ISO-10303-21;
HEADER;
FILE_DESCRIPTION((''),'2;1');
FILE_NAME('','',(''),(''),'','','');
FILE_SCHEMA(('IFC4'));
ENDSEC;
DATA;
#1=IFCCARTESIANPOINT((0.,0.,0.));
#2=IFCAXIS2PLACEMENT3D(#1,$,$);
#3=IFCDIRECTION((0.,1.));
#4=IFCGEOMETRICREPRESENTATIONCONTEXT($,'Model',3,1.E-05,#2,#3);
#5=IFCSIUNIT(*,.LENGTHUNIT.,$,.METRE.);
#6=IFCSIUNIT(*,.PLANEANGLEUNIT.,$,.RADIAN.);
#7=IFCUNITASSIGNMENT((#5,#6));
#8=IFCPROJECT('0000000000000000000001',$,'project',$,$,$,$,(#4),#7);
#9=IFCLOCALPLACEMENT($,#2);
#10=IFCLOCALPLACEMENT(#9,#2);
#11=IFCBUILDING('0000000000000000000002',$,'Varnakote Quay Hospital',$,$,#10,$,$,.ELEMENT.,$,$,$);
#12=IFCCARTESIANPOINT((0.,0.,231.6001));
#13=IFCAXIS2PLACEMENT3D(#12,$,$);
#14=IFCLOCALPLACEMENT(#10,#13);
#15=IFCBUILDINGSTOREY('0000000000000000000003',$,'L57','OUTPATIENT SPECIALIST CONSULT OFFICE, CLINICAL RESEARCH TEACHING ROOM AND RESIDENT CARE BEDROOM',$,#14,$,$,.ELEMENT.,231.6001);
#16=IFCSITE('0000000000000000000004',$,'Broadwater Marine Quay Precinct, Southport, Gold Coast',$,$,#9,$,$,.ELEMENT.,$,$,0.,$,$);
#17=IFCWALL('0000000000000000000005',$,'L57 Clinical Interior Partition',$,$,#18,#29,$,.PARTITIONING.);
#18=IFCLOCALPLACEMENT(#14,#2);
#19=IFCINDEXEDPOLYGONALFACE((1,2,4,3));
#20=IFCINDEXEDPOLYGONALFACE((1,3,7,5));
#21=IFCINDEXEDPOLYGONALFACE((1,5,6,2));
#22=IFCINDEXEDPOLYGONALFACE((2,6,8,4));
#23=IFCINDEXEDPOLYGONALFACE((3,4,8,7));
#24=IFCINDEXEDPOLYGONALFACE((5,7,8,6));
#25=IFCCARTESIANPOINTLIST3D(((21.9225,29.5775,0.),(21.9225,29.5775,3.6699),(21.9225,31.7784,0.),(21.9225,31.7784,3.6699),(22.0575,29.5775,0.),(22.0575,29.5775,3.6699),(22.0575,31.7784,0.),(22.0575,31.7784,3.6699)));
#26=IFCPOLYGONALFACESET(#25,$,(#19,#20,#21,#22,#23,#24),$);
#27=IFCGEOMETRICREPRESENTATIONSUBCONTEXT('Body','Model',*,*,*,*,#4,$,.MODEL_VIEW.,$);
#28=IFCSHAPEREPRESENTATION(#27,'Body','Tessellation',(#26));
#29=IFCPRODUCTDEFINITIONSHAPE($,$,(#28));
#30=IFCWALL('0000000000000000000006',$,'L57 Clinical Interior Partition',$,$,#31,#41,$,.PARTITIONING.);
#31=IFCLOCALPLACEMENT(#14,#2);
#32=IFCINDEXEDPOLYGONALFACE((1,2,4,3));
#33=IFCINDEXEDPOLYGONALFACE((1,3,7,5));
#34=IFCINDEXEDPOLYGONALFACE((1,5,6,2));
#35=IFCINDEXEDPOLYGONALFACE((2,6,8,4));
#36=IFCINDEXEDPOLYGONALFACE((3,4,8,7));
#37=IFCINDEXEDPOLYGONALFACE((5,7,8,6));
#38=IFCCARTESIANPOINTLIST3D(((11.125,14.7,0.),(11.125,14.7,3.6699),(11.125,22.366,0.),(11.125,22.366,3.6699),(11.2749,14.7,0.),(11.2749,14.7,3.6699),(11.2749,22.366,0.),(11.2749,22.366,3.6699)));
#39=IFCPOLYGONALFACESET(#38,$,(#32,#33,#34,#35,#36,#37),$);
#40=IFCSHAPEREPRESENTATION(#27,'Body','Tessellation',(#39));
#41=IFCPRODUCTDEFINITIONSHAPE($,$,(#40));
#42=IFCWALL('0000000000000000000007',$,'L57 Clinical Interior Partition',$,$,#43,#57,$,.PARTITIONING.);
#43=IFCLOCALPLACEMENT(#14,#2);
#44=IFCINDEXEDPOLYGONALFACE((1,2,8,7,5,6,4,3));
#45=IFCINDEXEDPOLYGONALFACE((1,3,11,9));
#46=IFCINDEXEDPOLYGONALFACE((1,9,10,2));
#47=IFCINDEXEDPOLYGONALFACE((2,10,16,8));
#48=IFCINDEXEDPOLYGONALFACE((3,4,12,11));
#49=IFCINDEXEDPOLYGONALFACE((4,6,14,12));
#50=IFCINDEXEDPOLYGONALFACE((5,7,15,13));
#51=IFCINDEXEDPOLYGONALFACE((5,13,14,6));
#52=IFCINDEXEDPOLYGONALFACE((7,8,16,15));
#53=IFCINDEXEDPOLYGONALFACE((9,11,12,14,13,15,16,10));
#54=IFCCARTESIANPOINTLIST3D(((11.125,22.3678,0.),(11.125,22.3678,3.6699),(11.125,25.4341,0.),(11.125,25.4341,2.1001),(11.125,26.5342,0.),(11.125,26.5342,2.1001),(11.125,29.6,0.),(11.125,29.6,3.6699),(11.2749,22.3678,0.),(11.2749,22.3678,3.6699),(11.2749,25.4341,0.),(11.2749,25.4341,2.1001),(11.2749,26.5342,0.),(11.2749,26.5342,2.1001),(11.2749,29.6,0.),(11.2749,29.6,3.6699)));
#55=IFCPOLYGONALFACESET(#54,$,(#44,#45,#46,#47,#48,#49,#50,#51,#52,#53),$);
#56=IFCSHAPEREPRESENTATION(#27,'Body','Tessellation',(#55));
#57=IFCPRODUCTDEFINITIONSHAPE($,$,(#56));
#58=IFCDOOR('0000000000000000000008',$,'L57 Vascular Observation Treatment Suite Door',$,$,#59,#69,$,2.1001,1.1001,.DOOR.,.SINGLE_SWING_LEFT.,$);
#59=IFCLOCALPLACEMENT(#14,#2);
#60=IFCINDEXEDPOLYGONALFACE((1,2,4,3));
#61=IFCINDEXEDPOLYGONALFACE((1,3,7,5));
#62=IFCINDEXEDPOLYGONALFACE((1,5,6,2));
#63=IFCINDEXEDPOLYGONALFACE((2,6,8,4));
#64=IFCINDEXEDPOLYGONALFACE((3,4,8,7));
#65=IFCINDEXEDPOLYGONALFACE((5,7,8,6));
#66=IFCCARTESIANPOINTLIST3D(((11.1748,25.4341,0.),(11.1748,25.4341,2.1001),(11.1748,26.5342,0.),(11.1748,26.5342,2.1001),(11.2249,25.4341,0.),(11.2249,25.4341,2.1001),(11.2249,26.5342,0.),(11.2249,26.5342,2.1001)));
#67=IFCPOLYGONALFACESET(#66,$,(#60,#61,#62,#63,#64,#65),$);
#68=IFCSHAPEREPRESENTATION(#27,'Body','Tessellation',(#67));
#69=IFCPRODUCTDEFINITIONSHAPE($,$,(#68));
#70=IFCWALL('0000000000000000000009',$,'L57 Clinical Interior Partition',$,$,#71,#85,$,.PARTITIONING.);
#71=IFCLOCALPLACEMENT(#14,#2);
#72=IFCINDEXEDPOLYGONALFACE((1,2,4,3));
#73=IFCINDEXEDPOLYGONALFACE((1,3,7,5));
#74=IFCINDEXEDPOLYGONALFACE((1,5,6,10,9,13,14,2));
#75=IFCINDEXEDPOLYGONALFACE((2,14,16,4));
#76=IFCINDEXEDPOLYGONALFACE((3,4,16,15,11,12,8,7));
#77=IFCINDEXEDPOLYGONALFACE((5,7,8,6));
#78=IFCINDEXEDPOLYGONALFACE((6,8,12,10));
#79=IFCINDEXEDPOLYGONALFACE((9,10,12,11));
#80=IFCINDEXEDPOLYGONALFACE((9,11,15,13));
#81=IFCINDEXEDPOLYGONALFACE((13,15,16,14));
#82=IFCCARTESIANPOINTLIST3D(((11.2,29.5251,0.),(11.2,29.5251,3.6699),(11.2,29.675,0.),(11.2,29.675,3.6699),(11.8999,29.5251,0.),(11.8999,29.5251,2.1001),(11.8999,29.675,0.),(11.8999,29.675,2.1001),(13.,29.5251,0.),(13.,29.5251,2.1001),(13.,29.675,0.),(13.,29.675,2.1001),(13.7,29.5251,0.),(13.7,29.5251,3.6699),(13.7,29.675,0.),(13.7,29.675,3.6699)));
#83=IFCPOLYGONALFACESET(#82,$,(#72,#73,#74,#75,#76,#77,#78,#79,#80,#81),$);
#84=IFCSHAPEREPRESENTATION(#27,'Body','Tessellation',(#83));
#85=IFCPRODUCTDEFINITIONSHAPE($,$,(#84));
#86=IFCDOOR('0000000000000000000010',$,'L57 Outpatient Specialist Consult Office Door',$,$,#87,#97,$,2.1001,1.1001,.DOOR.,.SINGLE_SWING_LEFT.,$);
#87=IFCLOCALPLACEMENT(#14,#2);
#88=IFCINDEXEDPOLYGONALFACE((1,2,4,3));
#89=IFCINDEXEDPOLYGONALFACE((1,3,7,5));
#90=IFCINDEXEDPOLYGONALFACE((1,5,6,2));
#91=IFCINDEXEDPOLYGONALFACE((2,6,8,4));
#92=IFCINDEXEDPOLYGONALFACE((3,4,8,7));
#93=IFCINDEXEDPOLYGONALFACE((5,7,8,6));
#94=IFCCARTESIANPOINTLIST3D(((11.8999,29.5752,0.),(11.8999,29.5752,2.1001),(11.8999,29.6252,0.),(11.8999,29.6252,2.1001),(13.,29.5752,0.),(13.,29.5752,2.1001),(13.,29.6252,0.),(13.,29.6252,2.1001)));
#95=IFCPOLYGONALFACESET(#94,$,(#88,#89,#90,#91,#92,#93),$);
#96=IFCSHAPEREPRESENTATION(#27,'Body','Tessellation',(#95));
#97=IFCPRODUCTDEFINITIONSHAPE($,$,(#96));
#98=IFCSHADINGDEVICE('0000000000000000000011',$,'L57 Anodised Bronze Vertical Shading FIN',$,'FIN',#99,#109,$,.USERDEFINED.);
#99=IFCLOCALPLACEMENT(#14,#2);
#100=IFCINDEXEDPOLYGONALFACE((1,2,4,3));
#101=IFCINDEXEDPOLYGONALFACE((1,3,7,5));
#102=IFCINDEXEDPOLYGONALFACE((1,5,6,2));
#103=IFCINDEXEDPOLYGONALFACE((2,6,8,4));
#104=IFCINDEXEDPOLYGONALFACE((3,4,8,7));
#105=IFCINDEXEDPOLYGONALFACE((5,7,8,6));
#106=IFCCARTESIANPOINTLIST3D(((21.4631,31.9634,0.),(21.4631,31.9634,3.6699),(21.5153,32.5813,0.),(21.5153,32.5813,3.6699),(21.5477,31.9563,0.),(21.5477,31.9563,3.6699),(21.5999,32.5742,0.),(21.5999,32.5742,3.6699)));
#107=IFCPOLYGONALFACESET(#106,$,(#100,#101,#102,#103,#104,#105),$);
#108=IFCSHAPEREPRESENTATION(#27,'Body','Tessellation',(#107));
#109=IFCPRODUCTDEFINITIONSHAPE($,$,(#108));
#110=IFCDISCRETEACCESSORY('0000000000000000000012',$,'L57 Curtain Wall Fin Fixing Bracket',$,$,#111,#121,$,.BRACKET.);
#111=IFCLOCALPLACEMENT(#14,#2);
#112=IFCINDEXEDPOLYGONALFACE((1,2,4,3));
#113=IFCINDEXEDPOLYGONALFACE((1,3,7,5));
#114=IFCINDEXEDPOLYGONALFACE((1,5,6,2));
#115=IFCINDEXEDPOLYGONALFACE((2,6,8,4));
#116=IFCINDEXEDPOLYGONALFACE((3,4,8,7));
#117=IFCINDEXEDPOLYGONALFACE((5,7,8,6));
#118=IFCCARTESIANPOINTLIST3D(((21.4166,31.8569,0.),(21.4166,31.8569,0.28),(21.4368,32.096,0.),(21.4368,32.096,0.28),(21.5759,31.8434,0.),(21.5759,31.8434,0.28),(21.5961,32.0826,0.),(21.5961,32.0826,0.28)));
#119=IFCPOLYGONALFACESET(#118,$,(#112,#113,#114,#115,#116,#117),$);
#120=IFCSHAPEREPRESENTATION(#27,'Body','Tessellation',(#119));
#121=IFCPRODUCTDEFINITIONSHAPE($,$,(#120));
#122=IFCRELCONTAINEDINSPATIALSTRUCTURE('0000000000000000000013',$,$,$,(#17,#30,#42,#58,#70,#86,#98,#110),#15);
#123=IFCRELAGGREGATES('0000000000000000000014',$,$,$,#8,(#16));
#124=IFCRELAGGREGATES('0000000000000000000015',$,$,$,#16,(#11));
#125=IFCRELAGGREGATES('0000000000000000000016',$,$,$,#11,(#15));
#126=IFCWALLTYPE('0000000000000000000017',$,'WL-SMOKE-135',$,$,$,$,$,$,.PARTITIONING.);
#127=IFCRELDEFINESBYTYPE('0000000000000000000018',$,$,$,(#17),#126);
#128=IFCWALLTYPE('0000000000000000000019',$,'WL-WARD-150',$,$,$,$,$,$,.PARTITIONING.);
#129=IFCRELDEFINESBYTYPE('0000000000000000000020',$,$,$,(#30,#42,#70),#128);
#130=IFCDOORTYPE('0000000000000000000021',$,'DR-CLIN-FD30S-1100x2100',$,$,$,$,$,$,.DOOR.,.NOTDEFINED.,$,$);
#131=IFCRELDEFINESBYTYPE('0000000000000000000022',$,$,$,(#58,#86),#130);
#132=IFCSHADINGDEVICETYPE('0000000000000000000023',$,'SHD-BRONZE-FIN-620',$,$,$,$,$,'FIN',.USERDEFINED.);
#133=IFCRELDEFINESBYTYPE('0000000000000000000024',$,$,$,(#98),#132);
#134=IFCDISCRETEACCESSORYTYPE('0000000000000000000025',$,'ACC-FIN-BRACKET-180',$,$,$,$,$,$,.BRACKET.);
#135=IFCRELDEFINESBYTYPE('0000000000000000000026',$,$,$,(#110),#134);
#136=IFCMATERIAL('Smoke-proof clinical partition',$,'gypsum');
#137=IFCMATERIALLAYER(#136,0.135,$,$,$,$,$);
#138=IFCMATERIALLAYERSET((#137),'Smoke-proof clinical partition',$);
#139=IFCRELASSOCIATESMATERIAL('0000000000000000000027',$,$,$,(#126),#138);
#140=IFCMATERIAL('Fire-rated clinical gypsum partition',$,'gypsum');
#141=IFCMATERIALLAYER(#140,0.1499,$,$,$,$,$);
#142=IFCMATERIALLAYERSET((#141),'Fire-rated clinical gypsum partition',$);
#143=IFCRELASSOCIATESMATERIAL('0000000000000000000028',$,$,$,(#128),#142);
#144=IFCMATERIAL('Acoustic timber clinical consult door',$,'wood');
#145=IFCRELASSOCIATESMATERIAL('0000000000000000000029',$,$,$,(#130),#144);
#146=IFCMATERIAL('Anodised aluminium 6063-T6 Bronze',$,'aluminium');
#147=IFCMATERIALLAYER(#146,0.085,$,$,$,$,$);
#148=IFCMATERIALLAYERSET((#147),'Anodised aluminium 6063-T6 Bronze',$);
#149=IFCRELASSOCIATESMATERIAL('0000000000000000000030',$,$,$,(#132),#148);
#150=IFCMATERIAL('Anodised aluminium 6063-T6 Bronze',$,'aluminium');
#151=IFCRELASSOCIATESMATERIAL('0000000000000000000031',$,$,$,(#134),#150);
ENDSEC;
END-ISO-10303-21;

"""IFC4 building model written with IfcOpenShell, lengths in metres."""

from ifc_helpers import new_model, si_unit, direction, frame, frame_2d, origin, origin_2d, place, context, subcontext, project, spatial, rectangle, extrude, material, layer, layer_set, type_object, element, fill, save


model = new_model("IFC4")

# Units and contexts
model_context = context("Model", 3, precision=1e-05, world=origin(), true_north=direction((0.0, 1.0)))
body_context = subcontext(model_context, "Body", "Model", "MODEL_VIEW")
ifc_project = project(units=[si_unit("LENGTHUNIT", "METRE"), si_unit("PLANEANGLEUNIT", "RADIAN")], contexts=[model_context])

# Site, building, storey
site_placement = place(None, origin())
site = spatial("IfcSite", under=ifc_project, at=site_placement, Name="Broadwater Marine Quay Precinct, Southport, Gold Coast", CompositionType="ELEMENT", RefElevation=0.0)
building_placement = place(site_placement, origin())
building = spatial("IfcBuilding", under=site, at=building_placement, Name="Varnakote Quay Hospital", CompositionType="ELEMENT")
storey_placement = place(building_placement, frame((0.0, 0.0, 231.6001)))
storey = spatial("IfcBuildingStorey", under=building, at=storey_placement, Name="L57", Description="OUTPATIENT SPECIALIST CONSULT OFFICE, CLINICAL RESEARCH TEACHING ROOM AND RESIDENT CARE BEDROOM", CompositionType="ELEMENT", Elevation=231.6001)

# Walls
ifc_material_1 = material(Name="Smoke-proof clinical partition", Category="gypsum")
ifc_layer_1 = layer(ifc_material_1, 0.135)
ifc_layer_set_1 = layer_set([ifc_layer_1], Name="Smoke-proof clinical partition")
wall_type_1 = type_object("IfcWallType", Name="WL-SMOKE-135", PredefinedType="PARTITIONING", material=ifc_layer_set_1)
wall_1_placement = place(storey_placement, frame((21.99, 29.5774, 0.0), z_axis=(0.0, 0.0, 1.0), x_axis=(0.0, 1.0, 0.0)))
element("IfcWall", 1, at=wall_1_placement, inside=storey, type_object=wall_type_1, Name="L57 Clinical Interior Partition", PredefinedType="PARTITIONING", context=body_context, shape_type="SweptSolid", body=[
    extrude(rectangle(XDim=2.2009, YDim=0.135, at=frame_2d((1.1006, 0.0))), origin(), (0.0, 0.0, 1.0), 3.6699),
])
ifc_material_2 = material(Name="Fire-rated clinical gypsum partition", Category="gypsum")
ifc_layer_2 = layer(ifc_material_2, 0.1499)
ifc_layer_set_2 = layer_set([ifc_layer_2], Name="Fire-rated clinical gypsum partition")
wall_type_2 = type_object("IfcWallType", Name="WL-WARD-150", PredefinedType="PARTITIONING", material=ifc_layer_set_2)
wall_2_placement = place(storey_placement, frame((11.2, 22.366, 0.0), z_axis=(0.0, 0.0, 1.0), x_axis=(0.0, -1.0, 0.0)))
element("IfcWall", 2, at=wall_2_placement, inside=storey, type_object=wall_type_2, Name="L57 Clinical Interior Partition", PredefinedType="PARTITIONING", context=body_context, shape_type="SweptSolid", body=[
    extrude(rectangle(XDim=7.666, YDim=0.1499, at=frame_2d((3.833, 0.0))), origin(), (0.0, 0.0, 1.0), 3.6699),
])

# Walls, openings, doors
wall_3_placement = place(storey_placement, frame((11.2, 29.6001, 0.0), z_axis=(0.0, 0.0, 1.0), x_axis=(0.0, -1.0, 0.0)))
wall_3 = element("IfcWall", 3, at=wall_3_placement, inside=storey, type_object=wall_type_2, Name="L57 Clinical Interior Partition", PredefinedType="PARTITIONING", context=body_context, shape_type="SweptSolid", body=[
    extrude(rectangle(XDim=7.2322, YDim=0.1499, at=frame_2d((3.6162, 0.0))), origin(), (0.0, 0.0, 1.0), 3.6699),
])
opening_1_placement = place(wall_3_placement, frame((3.0659, 0.0, 0.0)))
opening_1 = element("IfcOpeningElement", 4, at=opening_1_placement, cuts=wall_3, PredefinedType="OPENING", context=body_context, shape_type="SweptSolid", body=[
    extrude(rectangle(XDim=1.1001, YDim=2.1001, at=frame_2d((0.55, 1.05))), frame((0.0, 0.085, 0.0), z_axis=(0.0, -1.0, 0.0), x_axis=(1.0, 0.0, 0.0)), (0.0, 0.0, 1.0), 0.1699),
])
ifc_material_3 = material(Name="Acoustic timber clinical consult door", Category="wood")
door_type = type_object("IfcDoorType", Name="DR-CLIN-FD30S-1100x2100", OperationType="NOTDEFINED", PredefinedType="DOOR", material=ifc_material_3)
door_1_placement = place(opening_1_placement, origin())
door_1 = element("IfcDoor", 5, at=door_1_placement, inside=storey, type_object=door_type, Name="L57 Vascular Observation Treatment Suite Door", OperationType="SINGLE_SWING_LEFT", OverallHeight=2.1001, OverallWidth=1.1001, PredefinedType="DOOR", context=body_context, shape_type="SweptSolid", body=[
    extrude(rectangle(XDim=1.1001, YDim=2.1001, at=frame_2d((0.55, 1.05))), frame((0.0, 0.0249, 0.0), z_axis=(0.0, -1.0, 0.0), x_axis=(1.0, 0.0, 0.0)), (0.0, 0.0, 1.0), 0.05),
])
fill(opening_1, door_1)
wall_4_placement = place(storey_placement, frame((13.7, 29.6001, 0.0), z_axis=(0.0, 0.0, 1.0), x_axis=(-1.0, 0.0, 0.0)))
wall_4 = element("IfcWall", 6, at=wall_4_placement, inside=storey, type_object=wall_type_2, Name="L57 Clinical Interior Partition", PredefinedType="PARTITIONING", context=body_context, shape_type="SweptSolid", body=[
    extrude(rectangle(XDim=2.5, YDim=0.1499, at=frame_2d((1.25, 0.0))), origin(), (0.0, 0.0, 1.0), 3.6699),
])
opening_2_placement = place(wall_4_placement, frame((0.7, 0.0, 0.0)))
opening_2 = element("IfcOpeningElement", 7, at=opening_2_placement, cuts=wall_4, PredefinedType="OPENING", context=body_context, shape_type="SweptSolid", body=[
    extrude(rectangle(XDim=1.1001, YDim=2.1001, at=frame_2d((0.55, 1.05))), frame((0.0, 0.085, 0.0), z_axis=(0.0, -1.0, 0.0), x_axis=(1.0, 0.0, 0.0)), (0.0, 0.0, 1.0), 0.1699),
])
door_2_placement = place(opening_2_placement, origin())
door_2 = element("IfcDoor", 8, at=door_2_placement, inside=storey, type_object=door_type, Name="L57 Outpatient Specialist Consult Office Door", OperationType="SINGLE_SWING_LEFT", OverallHeight=2.1001, OverallWidth=1.1001, PredefinedType="DOOR", context=body_context, shape_type="SweptSolid", body=[
    extrude(rectangle(XDim=1.1001, YDim=2.1001, at=frame_2d((0.55, 1.05))), frame((0.0, 0.0249, 0.0), z_axis=(0.0, -1.0, 0.0), x_axis=(1.0, 0.0, 0.0)), (0.0, 0.0, 1.0), 0.05),
])
fill(opening_2, door_2)

# Shading device
ifc_material_4 = material(Name="Anodised aluminium 6063-T6 Bronze", Category="aluminium")
ifc_layer_3 = layer(ifc_material_4, 0.085)
ifc_layer_set_3 = layer_set([ifc_layer_3], Name="Anodised aluminium 6063-T6 Bronze")
shading_device_type = type_object("IfcShadingDeviceType", Name="SHD-BRONZE-FIN-620", ElementType="FIN", PredefinedType="USERDEFINED", material=ifc_layer_set_3)
shading_device_placement = place(storey_placement, frame((21.5315, 32.2688, 0.0), z_axis=(0.0, 0.0, 1.0), x_axis=(-0.0842, -0.996449, 0.0)))
element("IfcShadingDevice", 9, at=shading_device_placement, inside=storey, type_object=shading_device_type, Name="L57 Anodised Bronze Vertical Shading FIN", ObjectType="FIN", PredefinedType="USERDEFINED", context=body_context, shape_type="SweptSolid", body=[
    extrude(rectangle(XDim=0.6201, YDim=0.085, at=origin_2d()), origin(), (0.0, 0.0, 1.0), 3.6699),
])

# Discrete accessory
ifc_material_5 = material(Name="Anodised aluminium 6063-T6 Bronze", Category="aluminium")
discrete_accessory_type = type_object("IfcDiscreteAccessoryType", Name="ACC-FIN-BRACKET-180", PredefinedType="BRACKET", material=ifc_material_5)
discrete_accessory_placement = place(storey_placement, frame((21.5063, 31.9697, 0.0), z_axis=(0.0, 0.0, 1.0), x_axis=(-0.996449, 0.0842, 0.0)))
element("IfcDiscreteAccessory", 10, at=discrete_accessory_placement, inside=storey, type_object=discrete_accessory_type, Name="L57 Curtain Wall Fin Fixing Bracket", PredefinedType="BRACKET", context=body_context, shape_type="SweptSolid", body=[
    extrude(rectangle(XDim=0.1599, YDim=0.24, at=origin_2d()), origin(), (0.0, 0.0, 1.0), 0.28),
])

save(model, "model.ifc")
